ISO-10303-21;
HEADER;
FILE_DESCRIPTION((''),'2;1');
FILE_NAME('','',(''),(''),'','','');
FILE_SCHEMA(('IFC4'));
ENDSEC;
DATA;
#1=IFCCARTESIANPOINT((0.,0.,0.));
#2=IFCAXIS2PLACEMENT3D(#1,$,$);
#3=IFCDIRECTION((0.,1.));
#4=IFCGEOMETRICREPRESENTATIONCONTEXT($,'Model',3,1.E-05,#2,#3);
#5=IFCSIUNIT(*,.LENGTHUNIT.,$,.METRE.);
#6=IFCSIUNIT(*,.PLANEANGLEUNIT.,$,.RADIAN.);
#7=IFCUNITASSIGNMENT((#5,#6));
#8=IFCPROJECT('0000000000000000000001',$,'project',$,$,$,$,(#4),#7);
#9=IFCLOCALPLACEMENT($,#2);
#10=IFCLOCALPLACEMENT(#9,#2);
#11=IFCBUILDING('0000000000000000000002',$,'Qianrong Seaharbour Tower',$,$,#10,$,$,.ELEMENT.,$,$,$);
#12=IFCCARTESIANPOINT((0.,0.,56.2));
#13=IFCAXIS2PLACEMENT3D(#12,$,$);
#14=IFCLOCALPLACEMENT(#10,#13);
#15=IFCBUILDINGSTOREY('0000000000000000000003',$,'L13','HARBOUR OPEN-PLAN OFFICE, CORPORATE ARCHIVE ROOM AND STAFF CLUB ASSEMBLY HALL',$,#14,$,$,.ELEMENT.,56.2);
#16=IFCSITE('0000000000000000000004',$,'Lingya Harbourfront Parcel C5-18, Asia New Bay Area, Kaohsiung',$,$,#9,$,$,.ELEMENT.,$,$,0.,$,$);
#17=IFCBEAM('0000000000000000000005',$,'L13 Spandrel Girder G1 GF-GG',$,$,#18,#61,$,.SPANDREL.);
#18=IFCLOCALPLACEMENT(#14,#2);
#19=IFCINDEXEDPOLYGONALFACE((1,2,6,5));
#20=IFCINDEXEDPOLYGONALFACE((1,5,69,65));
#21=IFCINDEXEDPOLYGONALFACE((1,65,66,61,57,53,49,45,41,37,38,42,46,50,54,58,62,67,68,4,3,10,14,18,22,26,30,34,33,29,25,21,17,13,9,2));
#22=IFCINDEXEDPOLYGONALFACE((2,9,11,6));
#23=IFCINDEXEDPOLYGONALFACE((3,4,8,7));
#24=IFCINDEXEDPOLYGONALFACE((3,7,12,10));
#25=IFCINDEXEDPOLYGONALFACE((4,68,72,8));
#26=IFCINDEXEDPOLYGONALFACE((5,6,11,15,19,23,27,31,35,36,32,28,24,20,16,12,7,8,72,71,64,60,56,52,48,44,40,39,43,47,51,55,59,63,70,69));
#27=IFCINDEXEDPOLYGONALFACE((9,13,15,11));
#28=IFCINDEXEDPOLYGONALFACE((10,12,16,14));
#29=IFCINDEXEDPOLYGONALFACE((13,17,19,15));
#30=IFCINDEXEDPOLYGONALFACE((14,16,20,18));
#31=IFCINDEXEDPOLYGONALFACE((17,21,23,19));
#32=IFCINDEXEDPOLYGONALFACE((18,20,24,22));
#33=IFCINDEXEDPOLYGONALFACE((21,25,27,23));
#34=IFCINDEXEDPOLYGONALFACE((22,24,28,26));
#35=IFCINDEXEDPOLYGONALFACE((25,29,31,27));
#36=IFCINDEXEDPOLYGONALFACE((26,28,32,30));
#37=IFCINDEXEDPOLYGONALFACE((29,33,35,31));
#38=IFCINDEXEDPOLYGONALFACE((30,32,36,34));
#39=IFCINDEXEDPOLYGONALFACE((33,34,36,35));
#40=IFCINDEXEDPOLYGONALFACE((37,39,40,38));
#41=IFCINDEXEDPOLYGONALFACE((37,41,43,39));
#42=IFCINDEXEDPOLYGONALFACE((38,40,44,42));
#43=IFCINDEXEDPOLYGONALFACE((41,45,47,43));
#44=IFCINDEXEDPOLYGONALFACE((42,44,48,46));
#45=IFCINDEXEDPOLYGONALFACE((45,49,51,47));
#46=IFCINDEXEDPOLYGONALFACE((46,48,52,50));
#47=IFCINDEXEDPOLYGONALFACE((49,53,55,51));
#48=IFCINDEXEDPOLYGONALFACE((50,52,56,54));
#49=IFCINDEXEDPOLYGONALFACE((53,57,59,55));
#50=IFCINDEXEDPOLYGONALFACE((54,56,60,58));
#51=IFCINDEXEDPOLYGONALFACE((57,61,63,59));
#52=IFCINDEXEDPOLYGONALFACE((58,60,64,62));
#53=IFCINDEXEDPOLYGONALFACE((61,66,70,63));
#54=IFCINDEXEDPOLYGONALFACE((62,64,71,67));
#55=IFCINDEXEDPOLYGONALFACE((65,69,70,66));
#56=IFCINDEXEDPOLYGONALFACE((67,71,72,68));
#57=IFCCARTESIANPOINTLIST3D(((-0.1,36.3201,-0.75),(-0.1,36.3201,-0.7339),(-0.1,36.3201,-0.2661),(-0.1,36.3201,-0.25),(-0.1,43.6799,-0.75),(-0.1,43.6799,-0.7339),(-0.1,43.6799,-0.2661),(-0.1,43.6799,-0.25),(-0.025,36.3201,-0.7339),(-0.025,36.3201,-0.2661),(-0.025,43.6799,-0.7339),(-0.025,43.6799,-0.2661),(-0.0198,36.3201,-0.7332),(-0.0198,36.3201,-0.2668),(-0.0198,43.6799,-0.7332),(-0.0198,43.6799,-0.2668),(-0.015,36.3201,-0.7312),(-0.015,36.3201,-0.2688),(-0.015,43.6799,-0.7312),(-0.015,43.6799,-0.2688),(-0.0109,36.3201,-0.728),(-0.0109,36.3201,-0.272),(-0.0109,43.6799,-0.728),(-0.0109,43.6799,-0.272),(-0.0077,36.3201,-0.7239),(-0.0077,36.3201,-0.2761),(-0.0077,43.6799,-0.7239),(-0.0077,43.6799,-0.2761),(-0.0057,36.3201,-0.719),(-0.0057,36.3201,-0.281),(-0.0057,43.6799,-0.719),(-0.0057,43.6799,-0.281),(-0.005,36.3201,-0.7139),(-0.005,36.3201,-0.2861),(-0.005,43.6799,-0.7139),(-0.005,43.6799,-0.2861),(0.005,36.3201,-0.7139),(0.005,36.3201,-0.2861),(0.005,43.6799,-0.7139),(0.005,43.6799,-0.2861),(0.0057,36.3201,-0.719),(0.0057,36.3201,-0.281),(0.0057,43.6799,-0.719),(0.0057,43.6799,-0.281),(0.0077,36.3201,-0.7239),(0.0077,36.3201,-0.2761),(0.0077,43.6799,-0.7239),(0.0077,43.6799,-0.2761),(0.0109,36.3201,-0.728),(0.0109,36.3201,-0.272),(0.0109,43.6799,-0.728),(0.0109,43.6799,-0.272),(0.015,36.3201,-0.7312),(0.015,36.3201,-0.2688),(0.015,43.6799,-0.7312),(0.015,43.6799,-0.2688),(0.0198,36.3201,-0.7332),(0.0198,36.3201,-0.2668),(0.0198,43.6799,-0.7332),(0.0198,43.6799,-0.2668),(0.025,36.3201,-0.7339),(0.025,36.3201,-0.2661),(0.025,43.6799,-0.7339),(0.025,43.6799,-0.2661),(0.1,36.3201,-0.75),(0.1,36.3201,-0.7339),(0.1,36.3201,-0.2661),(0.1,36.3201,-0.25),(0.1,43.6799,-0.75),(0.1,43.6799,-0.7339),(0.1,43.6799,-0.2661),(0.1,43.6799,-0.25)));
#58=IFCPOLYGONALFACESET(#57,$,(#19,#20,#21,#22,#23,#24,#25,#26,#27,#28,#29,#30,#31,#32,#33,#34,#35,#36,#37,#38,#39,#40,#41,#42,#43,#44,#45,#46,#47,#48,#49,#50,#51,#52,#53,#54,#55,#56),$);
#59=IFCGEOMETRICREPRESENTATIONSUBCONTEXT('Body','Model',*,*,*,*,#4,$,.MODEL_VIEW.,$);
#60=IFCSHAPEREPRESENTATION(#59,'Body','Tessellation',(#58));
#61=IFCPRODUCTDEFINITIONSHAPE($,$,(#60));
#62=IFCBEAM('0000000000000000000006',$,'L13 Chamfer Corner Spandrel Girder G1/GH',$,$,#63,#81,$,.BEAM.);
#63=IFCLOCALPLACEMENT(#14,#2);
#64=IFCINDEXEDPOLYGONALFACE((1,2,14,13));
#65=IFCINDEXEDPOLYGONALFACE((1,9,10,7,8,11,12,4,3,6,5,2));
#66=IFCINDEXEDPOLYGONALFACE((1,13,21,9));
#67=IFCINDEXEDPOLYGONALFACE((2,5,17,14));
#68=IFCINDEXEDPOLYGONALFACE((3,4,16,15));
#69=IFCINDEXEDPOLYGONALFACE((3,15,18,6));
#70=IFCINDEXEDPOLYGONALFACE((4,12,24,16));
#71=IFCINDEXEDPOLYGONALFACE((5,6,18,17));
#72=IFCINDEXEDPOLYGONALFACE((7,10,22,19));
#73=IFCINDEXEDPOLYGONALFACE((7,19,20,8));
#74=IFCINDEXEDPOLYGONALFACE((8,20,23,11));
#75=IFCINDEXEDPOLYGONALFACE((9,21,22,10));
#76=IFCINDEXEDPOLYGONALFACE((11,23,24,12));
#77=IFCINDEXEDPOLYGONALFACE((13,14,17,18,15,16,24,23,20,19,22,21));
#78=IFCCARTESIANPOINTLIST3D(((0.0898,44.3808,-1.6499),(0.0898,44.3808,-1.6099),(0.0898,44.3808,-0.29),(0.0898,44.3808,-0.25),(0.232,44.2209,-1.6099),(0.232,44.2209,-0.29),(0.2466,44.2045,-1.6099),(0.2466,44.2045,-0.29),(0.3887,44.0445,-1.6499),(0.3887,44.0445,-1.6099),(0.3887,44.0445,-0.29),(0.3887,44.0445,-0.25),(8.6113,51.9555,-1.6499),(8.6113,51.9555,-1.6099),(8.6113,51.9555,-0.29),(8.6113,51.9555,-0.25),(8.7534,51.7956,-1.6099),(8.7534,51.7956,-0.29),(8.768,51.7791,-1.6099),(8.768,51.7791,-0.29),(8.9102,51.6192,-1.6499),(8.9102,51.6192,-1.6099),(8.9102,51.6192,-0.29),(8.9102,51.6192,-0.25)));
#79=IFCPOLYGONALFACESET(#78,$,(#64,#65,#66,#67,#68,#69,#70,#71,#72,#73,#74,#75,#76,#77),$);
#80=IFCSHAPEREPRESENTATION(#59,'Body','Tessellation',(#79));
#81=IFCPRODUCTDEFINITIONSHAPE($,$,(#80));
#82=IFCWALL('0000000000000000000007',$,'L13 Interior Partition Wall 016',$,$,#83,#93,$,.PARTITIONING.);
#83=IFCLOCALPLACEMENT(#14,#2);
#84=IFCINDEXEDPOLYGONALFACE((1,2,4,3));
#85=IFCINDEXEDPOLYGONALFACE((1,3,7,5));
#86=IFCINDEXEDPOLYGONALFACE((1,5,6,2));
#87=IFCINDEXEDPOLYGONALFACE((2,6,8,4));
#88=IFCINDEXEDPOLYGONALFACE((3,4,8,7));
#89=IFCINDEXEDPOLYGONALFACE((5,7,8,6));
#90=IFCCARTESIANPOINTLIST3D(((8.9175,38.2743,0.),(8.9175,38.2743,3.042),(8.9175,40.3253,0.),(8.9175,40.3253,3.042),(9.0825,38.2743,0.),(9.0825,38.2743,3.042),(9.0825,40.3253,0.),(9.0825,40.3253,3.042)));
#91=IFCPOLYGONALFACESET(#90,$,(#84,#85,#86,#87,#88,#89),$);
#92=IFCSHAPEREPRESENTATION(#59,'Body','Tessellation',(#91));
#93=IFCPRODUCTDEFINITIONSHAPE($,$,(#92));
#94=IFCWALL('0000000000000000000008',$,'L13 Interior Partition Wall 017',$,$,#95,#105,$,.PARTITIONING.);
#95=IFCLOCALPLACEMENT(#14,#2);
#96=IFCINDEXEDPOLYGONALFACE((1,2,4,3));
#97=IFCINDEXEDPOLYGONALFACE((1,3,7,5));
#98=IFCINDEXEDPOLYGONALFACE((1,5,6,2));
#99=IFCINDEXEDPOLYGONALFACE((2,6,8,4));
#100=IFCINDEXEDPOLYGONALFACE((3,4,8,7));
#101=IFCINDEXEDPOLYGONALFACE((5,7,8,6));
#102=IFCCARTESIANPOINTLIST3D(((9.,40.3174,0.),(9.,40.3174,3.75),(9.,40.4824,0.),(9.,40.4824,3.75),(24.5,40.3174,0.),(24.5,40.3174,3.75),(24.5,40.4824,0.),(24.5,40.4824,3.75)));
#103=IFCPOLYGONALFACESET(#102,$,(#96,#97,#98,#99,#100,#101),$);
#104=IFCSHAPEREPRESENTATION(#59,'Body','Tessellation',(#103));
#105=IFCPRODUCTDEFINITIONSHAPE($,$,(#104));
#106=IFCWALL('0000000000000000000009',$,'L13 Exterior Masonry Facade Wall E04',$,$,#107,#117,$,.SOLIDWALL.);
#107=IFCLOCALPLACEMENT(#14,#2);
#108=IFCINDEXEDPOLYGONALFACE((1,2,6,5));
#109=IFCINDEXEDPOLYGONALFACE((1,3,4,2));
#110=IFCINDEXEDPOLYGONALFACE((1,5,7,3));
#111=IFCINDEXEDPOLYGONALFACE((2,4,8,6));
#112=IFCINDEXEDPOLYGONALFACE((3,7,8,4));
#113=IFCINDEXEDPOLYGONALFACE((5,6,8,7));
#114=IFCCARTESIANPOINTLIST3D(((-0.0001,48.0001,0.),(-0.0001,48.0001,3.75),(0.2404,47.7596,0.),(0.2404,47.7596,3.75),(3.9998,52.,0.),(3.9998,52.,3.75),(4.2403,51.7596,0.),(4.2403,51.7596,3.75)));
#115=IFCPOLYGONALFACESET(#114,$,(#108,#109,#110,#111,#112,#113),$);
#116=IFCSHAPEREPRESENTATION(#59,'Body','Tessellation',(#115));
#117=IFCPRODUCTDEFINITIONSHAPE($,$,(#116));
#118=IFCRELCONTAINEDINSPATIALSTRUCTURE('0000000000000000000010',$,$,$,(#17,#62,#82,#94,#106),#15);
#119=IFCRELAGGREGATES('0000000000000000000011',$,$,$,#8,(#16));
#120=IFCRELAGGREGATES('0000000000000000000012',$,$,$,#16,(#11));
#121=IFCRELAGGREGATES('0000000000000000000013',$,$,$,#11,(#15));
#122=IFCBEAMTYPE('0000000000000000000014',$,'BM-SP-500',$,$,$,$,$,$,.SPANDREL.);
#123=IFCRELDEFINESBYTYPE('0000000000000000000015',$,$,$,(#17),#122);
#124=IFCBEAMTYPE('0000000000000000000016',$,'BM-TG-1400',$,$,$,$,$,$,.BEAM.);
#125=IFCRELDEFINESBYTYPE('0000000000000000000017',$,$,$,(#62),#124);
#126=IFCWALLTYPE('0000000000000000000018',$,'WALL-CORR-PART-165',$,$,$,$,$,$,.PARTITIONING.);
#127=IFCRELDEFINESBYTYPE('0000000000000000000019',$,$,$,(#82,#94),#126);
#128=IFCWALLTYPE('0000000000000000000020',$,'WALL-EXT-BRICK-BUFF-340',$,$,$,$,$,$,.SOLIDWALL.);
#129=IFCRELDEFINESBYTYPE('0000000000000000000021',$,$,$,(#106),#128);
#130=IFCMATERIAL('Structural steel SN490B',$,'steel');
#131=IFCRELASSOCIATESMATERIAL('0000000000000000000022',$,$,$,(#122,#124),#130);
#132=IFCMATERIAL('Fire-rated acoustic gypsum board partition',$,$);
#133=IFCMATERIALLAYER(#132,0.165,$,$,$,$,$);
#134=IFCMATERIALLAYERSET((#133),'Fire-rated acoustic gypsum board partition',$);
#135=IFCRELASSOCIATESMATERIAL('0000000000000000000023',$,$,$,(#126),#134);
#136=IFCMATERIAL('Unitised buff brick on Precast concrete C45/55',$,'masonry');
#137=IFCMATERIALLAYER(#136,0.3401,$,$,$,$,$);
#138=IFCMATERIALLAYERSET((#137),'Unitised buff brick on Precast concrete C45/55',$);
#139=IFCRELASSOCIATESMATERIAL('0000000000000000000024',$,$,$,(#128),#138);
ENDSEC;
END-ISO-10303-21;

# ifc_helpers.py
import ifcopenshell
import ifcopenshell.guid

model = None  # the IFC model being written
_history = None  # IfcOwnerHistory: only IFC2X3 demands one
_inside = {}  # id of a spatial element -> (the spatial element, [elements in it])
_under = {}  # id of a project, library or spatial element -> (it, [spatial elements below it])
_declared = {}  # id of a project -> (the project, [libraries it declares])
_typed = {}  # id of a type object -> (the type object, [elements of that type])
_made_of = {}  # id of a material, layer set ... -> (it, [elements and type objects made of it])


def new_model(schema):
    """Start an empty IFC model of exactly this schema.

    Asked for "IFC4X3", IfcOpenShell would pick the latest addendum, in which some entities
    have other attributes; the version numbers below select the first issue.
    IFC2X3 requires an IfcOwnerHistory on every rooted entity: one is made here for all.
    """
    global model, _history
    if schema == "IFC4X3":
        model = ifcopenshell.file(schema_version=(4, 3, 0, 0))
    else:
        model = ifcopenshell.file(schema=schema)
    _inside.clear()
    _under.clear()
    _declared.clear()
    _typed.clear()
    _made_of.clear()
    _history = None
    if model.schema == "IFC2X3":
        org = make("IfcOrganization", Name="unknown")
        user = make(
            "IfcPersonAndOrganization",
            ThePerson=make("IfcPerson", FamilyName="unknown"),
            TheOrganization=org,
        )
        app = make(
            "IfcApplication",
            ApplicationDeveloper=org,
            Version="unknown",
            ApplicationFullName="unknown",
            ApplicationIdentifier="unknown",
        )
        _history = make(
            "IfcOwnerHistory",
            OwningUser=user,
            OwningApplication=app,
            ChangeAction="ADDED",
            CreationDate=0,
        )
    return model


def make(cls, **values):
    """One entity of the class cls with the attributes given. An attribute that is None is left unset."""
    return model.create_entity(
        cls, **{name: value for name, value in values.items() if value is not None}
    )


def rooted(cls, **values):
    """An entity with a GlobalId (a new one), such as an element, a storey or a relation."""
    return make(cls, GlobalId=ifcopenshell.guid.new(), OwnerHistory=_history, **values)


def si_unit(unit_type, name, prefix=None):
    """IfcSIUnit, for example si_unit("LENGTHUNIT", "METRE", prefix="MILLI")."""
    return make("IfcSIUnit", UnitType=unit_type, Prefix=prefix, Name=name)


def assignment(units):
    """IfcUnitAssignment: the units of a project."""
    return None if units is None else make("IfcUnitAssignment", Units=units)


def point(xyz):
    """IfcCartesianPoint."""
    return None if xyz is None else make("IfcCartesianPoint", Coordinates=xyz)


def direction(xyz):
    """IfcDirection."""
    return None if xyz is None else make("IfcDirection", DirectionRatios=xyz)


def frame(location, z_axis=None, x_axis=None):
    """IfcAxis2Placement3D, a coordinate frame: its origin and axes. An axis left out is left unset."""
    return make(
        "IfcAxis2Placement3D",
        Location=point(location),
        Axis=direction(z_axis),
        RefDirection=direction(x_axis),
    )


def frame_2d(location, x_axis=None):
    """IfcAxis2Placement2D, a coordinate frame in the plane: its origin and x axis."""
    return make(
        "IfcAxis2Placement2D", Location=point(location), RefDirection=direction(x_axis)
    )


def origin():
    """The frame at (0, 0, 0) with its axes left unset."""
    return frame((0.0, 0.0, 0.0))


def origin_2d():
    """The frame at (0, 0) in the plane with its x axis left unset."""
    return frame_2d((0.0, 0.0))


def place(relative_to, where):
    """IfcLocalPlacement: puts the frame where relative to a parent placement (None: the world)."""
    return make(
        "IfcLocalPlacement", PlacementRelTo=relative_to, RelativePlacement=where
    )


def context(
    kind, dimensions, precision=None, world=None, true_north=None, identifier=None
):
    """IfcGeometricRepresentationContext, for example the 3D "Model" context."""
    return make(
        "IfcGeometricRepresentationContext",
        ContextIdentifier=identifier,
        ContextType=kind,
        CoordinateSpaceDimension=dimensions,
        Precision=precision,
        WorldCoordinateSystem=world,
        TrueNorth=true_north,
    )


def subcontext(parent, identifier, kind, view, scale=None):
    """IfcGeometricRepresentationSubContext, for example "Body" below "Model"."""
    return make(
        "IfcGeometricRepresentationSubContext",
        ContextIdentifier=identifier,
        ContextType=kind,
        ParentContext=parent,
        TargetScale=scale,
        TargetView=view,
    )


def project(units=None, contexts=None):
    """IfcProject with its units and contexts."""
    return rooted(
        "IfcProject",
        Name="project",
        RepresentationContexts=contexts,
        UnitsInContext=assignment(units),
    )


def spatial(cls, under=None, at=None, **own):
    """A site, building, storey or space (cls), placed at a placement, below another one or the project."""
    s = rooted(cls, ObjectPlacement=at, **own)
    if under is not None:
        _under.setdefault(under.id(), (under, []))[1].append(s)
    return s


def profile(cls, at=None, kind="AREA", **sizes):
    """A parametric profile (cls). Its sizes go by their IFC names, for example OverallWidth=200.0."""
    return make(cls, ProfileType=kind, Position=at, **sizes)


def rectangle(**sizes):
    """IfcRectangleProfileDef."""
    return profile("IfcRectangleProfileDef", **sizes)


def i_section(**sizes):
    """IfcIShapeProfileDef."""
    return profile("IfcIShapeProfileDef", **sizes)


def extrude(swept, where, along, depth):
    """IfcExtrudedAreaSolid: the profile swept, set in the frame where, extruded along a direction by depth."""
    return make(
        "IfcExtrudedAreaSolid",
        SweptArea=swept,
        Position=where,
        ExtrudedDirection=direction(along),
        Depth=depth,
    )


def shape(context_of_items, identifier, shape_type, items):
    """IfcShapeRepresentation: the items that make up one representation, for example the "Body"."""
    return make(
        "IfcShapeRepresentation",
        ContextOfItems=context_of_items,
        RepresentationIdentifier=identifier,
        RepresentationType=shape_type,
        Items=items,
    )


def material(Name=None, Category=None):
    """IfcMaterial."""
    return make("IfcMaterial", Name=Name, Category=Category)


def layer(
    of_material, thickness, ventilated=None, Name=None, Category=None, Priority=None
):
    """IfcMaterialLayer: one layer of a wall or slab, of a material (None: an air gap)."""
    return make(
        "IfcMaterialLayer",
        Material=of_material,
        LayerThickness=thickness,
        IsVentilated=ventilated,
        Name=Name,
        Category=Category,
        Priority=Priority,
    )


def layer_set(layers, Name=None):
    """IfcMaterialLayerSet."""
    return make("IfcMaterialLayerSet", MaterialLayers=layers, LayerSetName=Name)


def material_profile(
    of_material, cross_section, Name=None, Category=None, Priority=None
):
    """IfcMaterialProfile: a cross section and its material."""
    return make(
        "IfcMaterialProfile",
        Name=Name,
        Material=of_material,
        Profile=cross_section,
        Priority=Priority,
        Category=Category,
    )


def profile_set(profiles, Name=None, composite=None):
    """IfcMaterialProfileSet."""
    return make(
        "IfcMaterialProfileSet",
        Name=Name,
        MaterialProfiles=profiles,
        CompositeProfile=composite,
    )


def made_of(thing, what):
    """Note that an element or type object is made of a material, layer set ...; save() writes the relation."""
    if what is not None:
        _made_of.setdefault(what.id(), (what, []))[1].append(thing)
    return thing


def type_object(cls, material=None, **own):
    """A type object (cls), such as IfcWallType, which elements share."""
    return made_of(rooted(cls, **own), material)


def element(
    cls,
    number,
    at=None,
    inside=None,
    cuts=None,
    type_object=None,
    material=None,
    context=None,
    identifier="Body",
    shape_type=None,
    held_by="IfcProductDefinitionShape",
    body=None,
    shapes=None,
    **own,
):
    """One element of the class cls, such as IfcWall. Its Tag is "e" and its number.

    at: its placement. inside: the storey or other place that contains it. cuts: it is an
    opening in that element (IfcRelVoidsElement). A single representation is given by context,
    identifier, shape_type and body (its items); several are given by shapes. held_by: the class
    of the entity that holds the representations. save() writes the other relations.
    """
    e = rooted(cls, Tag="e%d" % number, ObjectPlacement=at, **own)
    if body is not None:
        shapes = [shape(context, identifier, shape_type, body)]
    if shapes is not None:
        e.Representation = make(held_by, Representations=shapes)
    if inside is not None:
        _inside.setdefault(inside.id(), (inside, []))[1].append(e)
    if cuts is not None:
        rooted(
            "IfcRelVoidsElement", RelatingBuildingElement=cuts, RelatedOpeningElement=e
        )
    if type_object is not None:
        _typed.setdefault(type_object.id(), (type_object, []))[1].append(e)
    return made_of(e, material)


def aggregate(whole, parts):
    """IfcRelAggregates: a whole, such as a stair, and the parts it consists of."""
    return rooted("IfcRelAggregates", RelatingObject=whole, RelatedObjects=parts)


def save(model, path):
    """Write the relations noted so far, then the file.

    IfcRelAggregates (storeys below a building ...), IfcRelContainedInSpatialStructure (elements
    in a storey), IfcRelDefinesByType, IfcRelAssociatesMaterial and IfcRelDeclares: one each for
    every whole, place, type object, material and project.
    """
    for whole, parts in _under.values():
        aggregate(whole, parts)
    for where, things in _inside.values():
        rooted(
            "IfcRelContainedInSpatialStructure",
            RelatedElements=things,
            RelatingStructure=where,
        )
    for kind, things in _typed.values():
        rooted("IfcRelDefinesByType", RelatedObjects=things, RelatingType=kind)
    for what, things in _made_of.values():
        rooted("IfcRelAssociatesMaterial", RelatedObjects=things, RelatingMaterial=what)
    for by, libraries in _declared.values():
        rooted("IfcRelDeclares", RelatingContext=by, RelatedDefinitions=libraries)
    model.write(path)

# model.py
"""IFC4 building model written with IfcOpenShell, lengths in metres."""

from ifc_helpers import new_model, si_unit, direction, frame, frame_2d, origin, origin_2d, place, context, subcontext, project, spatial, rectangle, i_section, extrude, material, layer, layer_set, material_profile, profile_set, type_object, element, save


model = new_model("IFC4")

# Units and contexts
model_context = context("Model", 3, precision=1e-05, world=origin(), true_north=direction((0.0, 1.0)))
body_context = subcontext(model_context, "Body", "Model", "MODEL_VIEW")
ifc_project = project(units=[si_unit("LENGTHUNIT", "METRE"), si_unit("PLANEANGLEUNIT", "RADIAN")], contexts=[model_context])

# Site, building, storey
site_placement = place(None, origin())
site = spatial("IfcSite", under=ifc_project, at=site_placement, Name="Lingya Harbourfront Parcel C5-18, Asia New Bay Area, Kaohsiung", CompositionType="ELEMENT", RefElevation=0.0)
building_placement = place(site_placement, origin())
building = spatial("IfcBuilding", under=site, at=building_placement, Name="Qianrong Seaharbour Tower", CompositionType="ELEMENT")
storey_placement = place(building_placement, frame((0.0, 0.0, 56.2)))
storey = spatial("IfcBuildingStorey", under=building, at=storey_placement, Name="L13", Description="HARBOUR OPEN-PLAN OFFICE, CORPORATE ARCHIVE ROOM AND STAFF CLUB ASSEMBLY HALL", CompositionType="ELEMENT", Elevation=56.2)

# Shared definitions
ifc_material_1 = material(Name="Structural steel SN490B", Category="steel")

# Beams
ifc_material_profile_1 = material_profile(ifc_material_1, i_section(OverallWidth=0.2, OverallDepth=0.5, WebThickness=0.01, FlangeThickness=0.0161, FilletRadius=0.02, at=origin_2d()), Name="H500x200x10x16")
ifc_profile_set_1 = profile_set([ifc_material_profile_1], Name="Structural steel SN490B")
beam_type_1 = type_object("IfcBeamType", Name="BM-SP-500", PredefinedType="SPANDREL", material=ifc_profile_set_1)
beam_1_placement = place(storey_placement, frame((0.0, 36.3201, -0.5), z_axis=(0.0, 1.0, 0.0), x_axis=(-1.0, 0.0, 0.0)))
element("IfcBeam", 1, at=beam_1_placement, inside=storey, type_object=beam_type_1, Name="L13 Spandrel Girder G1 GF-GG", PredefinedType="SPANDREL", context=body_context, shape_type="SweptSolid", body=[
    extrude(i_section(OverallWidth=0.2, OverallDepth=0.5, WebThickness=0.01, FlangeThickness=0.0161, FilletRadius=0.02, at=origin_2d()), origin(), (0.0, 0.0, 1.0), 7.3599),
])
ifc_material_profile_2 = material_profile(ifc_material_1, i_section(OverallWidth=0.45, OverallDepth=1.3999, WebThickness=0.022, FlangeThickness=0.04, at=origin_2d()), Name="BH1400x450x22x40")
ifc_profile_set_2 = profile_set([ifc_material_profile_2], Name="Structural steel SN490B")
beam_type_2 = type_object("IfcBeamType", Name="BM-TG-1400", PredefinedType="BEAM", material=ifc_profile_set_2)
beam_2_placement = place(storey_placement, frame((8.7607, 51.7874, -0.95), z_axis=(-0.747407, -0.664366, 0.0), x_axis=(0.664366, -0.747407, 0.0)))
element("IfcBeam", 2, at=beam_2_placement, inside=storey, type_object=beam_type_2, Name="L13 Chamfer Corner Spandrel Girder G1/GH", PredefinedType="BEAM", context=body_context, shape_type="SweptSolid", body=[
    extrude(i_section(OverallWidth=0.45, OverallDepth=1.3999, WebThickness=0.022, FlangeThickness=0.04, at=origin_2d()), origin(), (0.0, 0.0, 1.0), 11.4014),
])

# Walls
ifc_material_2 = material(Name="Fire-rated acoustic gypsum board partition")
ifc_layer_1 = layer(ifc_material_2, 0.165)
ifc_layer_set_1 = layer_set([ifc_layer_1], Name="Fire-rated acoustic gypsum board partition")
wall_type_1 = type_object("IfcWallType", Name="WALL-CORR-PART-165", PredefinedType="PARTITIONING", material=ifc_layer_set_1)
wall_1_placement = place(storey_placement, frame((9.0, 38.2744, 0.0), z_axis=(0.0, 0.0, 1.0), x_axis=(0.0, 1.0, 0.0)))
element("IfcWall", 3, at=wall_1_placement, inside=storey, type_object=wall_type_1, Name="L13 Interior Partition Wall 016", PredefinedType="PARTITIONING", context=body_context, shape_type="SweptSolid", body=[
    extrude(rectangle(XDim=2.051, YDim=0.165, at=frame_2d((1.0254, 0.0))), origin(), (0.0, 0.0, 1.0), 3.042),
])
wall_2_placement = place(storey_placement, frame((9.0, 40.3999, 0.0), z_axis=(0.0, 0.0, 1.0), x_axis=(1.0, 0.0, 0.0)))
element("IfcWall", 4, at=wall_2_placement, inside=storey, type_object=wall_type_1, Name="L13 Interior Partition Wall 017", PredefinedType="PARTITIONING", context=body_context, shape_type="SweptSolid", body=[
    extrude(rectangle(XDim=15.5, YDim=0.165, at=frame_2d((7.75, 0.0))), origin(), (0.0, 0.0, 1.0), 3.75),
])
ifc_material_3 = material(Name="Unitised buff brick on Precast concrete C45/55", Category="masonry")
ifc_layer_2 = layer(ifc_material_3, 0.3401)
ifc_layer_set_2 = layer_set([ifc_layer_2], Name="Unitised buff brick on Precast concrete C45/55")
wall_type_2 = type_object("IfcWallType", Name="WALL-EXT-BRICK-BUFF-340", PredefinedType="SOLIDWALL", material=ifc_layer_set_2)
wall_3_placement = place(storey_placement, frame((0.1201, 47.8799, 0.0), z_axis=(0.0, 0.0, 1.0), x_axis=(0.707107, 0.707107, 0.0)))
element("IfcWall", 5, at=wall_3_placement, inside=storey, type_object=wall_type_2, Name="L13 Exterior Masonry Facade Wall E04", PredefinedType="SOLIDWALL", context=body_context, shape_type="SweptSolid", body=[
    extrude(rectangle(XDim=5.6567, YDim=0.3401, at=frame_2d((2.8284, 0.0))), origin(), (0.0, 0.0, 1.0), 3.75),
])

save(model, "model.ifc")
